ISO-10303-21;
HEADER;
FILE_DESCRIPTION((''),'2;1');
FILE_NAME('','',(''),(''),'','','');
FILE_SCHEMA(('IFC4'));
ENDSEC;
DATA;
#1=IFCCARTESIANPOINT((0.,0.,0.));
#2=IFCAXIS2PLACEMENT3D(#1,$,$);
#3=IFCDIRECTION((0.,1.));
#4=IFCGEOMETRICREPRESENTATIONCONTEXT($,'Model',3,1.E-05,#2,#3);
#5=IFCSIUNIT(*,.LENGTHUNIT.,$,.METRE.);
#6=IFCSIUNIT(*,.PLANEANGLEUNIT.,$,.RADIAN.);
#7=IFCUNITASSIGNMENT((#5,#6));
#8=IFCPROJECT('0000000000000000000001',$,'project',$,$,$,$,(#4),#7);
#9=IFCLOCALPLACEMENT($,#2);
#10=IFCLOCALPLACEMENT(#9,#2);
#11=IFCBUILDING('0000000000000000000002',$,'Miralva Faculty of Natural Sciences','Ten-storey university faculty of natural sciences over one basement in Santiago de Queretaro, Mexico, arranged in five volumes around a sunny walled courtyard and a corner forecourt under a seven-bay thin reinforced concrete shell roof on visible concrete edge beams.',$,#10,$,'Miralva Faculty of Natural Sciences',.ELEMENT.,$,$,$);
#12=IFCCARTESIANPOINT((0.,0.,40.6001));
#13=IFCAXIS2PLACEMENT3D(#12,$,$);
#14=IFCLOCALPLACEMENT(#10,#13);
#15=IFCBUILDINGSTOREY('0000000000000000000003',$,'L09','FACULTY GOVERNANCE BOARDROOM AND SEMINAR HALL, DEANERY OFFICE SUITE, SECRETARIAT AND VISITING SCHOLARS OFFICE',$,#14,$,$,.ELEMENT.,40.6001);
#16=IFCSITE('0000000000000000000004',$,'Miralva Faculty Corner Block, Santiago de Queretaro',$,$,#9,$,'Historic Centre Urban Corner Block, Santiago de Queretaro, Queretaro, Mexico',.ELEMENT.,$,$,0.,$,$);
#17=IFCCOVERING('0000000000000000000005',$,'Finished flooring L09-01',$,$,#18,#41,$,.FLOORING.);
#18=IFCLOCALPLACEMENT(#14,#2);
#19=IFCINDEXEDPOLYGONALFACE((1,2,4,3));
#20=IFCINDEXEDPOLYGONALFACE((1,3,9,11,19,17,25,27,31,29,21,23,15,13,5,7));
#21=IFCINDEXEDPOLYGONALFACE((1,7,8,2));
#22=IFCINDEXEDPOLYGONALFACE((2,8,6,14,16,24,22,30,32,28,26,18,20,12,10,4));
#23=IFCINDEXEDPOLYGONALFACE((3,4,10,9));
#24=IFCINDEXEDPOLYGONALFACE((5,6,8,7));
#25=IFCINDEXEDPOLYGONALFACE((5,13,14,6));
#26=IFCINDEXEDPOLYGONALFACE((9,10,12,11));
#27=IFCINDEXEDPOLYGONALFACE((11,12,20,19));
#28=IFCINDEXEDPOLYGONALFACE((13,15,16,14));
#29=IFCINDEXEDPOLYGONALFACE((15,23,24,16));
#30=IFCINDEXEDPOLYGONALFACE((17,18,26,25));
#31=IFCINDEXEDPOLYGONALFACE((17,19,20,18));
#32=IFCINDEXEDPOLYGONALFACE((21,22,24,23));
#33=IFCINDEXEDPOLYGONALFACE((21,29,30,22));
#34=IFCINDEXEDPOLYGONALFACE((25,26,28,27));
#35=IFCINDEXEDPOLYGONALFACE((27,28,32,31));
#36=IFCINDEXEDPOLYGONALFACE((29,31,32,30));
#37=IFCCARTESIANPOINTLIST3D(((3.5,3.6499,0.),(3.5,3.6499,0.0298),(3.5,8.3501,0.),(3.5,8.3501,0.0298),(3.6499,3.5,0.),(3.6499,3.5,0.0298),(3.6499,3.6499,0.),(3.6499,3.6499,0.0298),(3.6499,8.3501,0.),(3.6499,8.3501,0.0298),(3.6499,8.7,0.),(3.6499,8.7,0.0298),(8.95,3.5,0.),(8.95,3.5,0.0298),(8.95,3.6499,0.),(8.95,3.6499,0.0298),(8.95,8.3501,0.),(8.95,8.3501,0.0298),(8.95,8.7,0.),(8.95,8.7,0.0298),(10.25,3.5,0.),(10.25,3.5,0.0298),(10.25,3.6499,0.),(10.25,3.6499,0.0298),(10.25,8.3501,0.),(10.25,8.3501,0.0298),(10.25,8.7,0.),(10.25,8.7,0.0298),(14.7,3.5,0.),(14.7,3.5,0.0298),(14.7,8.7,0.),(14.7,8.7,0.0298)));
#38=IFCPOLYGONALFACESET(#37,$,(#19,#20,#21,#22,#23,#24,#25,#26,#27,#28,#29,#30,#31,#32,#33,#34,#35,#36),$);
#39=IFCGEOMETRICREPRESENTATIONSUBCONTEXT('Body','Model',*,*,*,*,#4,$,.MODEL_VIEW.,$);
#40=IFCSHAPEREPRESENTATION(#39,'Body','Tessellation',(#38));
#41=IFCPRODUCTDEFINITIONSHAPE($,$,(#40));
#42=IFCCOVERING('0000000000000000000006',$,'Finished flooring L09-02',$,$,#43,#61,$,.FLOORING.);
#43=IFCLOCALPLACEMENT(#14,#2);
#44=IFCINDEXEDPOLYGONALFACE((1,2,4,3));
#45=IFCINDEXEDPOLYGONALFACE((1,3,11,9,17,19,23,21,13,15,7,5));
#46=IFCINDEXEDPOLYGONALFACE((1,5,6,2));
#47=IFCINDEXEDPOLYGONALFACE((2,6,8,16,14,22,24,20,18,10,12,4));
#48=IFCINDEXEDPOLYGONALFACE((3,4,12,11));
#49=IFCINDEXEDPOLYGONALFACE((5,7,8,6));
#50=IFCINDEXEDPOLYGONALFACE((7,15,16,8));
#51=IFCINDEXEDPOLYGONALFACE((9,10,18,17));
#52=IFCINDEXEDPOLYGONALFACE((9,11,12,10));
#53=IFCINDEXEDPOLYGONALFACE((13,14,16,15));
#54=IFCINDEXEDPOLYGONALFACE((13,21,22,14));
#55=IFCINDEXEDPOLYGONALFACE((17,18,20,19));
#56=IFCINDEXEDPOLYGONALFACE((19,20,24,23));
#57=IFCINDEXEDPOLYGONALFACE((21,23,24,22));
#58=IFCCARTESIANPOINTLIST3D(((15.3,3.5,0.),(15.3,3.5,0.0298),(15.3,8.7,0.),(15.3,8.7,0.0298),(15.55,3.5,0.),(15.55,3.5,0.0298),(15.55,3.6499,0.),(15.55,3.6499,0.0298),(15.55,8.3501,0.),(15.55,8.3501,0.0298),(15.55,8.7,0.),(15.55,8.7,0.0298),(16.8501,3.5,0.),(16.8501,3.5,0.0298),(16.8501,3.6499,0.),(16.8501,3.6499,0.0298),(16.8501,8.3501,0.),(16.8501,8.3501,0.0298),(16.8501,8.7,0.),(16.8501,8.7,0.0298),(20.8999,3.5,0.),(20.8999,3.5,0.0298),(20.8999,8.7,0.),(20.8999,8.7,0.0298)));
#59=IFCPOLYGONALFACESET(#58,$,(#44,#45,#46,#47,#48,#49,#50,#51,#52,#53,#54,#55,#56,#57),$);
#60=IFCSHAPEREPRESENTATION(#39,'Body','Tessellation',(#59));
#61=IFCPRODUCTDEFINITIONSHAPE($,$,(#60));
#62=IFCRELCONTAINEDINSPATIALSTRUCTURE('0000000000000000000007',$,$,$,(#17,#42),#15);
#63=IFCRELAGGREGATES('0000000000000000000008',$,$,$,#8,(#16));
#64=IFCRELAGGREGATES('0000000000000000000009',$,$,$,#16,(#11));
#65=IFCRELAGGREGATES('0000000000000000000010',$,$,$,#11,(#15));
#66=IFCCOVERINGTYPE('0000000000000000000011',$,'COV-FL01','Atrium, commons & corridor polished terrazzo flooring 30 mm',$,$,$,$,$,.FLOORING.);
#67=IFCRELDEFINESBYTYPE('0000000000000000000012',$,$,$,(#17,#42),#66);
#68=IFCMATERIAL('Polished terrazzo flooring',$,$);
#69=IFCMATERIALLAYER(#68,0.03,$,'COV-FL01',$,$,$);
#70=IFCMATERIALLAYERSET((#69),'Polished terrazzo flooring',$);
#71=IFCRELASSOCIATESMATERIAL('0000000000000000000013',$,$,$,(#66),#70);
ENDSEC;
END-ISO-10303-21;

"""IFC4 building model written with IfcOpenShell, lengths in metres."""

from ifc_helpers import new_model, si_unit, direction, frame, origin, place, context, subcontext, project, spatial, polyline, outline, extrude, material, layer, layer_set, type_object, element, save


model = new_model("IFC4")

# Units and contexts
model_context = context("Model", 3, precision=1e-05, world=origin(), true_north=direction((0.0, 1.0)))
body_context = subcontext(model_context, "Body", "Model", "MODEL_VIEW")
ifc_project = project(units=[si_unit("LENGTHUNIT", "METRE"), si_unit("PLANEANGLEUNIT", "RADIAN")], contexts=[model_context])

# Site, building, storey
site_placement = place(None, origin())
site = spatial("IfcSite", under=ifc_project, at=site_placement, Name="Miralva Faculty Corner Block, Santiago de Queretaro", LongName="Historic Centre Urban Corner Block, Santiago de Queretaro, Queretaro, Mexico", CompositionType="ELEMENT", RefElevation=0.0)
building_placement = place(site_placement, origin())
building = spatial("IfcBuilding", under=site, at=building_placement, Name="Miralva Faculty of Natural Sciences", Description="Ten-storey university faculty of natural sciences over one basement in Santiago de Queretaro, Mexico, arranged in five volumes around a sunny walled courtyard and a corner forecourt under a seven-bay thin reinforced concrete shell roof on visible concrete edge beams.", LongName="Miralva Faculty of Natural Sciences", CompositionType="ELEMENT")
storey_placement = place(building_placement, frame((0.0, 0.0, 40.6001)))
storey = spatial("IfcBuildingStorey", under=building, at=storey_placement, Name="L09", Description="FACULTY GOVERNANCE BOARDROOM AND SEMINAR HALL, DEANERY OFFICE SUITE, SECRETARIAT AND VISITING SCHOLARS OFFICE", CompositionType="ELEMENT", Elevation=40.6001)

# Coverings
ifc_material_1 = material(Name="Polished terrazzo flooring")
ifc_layer_1 = layer(ifc_material_1, 0.03, Name="COV-FL01")
ifc_layer_set_1 = layer_set([ifc_layer_1], Name="Polished terrazzo flooring")
covering_type_1 = type_object("IfcCoveringType", Name="COV-FL01", Description="Atrium, commons & corridor polished terrazzo flooring 30 mm", PredefinedType="FLOORING", material=ifc_layer_set_1)
covering_1_placement = place(storey_placement, origin())
element("IfcCovering", 1, at=covering_1_placement, inside=storey, type_object=covering_type_1, Name="Finished flooring L09-01", PredefinedType="FLOORING", context=body_context, shape_type="SweptSolid", body=[
    extrude(outline(polyline([(8.95, 8.3501), (10.25, 8.3501), (10.25, 8.7), (14.7, 8.7), (14.7, 3.5), (10.25, 3.5), (10.25, 3.6499), (8.95, 3.6499), (8.95, 3.5), (3.6499, 3.5), (3.6499, 3.6499), (3.5, 3.6499), (3.5, 8.3501), (3.6499, 8.3501), (3.6499, 8.7), (8.95, 8.7), (8.95, 8.3501)])), origin(), (0.0, 0.0, 1.0), 0.0298),
])
covering_2_placement = place(storey_placement, origin())
element("IfcCovering", 2, at=covering_2_placement, inside=storey, type_object=covering_type_1, Name="Finished flooring L09-02", PredefinedType="FLOORING", context=body_context, shape_type="SweptSolid", body=[
    extrude(outline(polyline([(15.55, 8.3501), (16.8501, 8.3501), (16.8501, 8.7), (20.8999, 8.7), (20.8999, 3.5), (16.8501, 3.5), (16.8501, 3.6499), (15.55, 3.6499), (15.55, 3.5), (15.3, 3.5), (15.3, 8.7), (15.55, 8.7), (15.55, 8.3501)])), origin(), (0.0, 0.0, 1.0), 0.0298),
])

save(model, "model.ifc")
